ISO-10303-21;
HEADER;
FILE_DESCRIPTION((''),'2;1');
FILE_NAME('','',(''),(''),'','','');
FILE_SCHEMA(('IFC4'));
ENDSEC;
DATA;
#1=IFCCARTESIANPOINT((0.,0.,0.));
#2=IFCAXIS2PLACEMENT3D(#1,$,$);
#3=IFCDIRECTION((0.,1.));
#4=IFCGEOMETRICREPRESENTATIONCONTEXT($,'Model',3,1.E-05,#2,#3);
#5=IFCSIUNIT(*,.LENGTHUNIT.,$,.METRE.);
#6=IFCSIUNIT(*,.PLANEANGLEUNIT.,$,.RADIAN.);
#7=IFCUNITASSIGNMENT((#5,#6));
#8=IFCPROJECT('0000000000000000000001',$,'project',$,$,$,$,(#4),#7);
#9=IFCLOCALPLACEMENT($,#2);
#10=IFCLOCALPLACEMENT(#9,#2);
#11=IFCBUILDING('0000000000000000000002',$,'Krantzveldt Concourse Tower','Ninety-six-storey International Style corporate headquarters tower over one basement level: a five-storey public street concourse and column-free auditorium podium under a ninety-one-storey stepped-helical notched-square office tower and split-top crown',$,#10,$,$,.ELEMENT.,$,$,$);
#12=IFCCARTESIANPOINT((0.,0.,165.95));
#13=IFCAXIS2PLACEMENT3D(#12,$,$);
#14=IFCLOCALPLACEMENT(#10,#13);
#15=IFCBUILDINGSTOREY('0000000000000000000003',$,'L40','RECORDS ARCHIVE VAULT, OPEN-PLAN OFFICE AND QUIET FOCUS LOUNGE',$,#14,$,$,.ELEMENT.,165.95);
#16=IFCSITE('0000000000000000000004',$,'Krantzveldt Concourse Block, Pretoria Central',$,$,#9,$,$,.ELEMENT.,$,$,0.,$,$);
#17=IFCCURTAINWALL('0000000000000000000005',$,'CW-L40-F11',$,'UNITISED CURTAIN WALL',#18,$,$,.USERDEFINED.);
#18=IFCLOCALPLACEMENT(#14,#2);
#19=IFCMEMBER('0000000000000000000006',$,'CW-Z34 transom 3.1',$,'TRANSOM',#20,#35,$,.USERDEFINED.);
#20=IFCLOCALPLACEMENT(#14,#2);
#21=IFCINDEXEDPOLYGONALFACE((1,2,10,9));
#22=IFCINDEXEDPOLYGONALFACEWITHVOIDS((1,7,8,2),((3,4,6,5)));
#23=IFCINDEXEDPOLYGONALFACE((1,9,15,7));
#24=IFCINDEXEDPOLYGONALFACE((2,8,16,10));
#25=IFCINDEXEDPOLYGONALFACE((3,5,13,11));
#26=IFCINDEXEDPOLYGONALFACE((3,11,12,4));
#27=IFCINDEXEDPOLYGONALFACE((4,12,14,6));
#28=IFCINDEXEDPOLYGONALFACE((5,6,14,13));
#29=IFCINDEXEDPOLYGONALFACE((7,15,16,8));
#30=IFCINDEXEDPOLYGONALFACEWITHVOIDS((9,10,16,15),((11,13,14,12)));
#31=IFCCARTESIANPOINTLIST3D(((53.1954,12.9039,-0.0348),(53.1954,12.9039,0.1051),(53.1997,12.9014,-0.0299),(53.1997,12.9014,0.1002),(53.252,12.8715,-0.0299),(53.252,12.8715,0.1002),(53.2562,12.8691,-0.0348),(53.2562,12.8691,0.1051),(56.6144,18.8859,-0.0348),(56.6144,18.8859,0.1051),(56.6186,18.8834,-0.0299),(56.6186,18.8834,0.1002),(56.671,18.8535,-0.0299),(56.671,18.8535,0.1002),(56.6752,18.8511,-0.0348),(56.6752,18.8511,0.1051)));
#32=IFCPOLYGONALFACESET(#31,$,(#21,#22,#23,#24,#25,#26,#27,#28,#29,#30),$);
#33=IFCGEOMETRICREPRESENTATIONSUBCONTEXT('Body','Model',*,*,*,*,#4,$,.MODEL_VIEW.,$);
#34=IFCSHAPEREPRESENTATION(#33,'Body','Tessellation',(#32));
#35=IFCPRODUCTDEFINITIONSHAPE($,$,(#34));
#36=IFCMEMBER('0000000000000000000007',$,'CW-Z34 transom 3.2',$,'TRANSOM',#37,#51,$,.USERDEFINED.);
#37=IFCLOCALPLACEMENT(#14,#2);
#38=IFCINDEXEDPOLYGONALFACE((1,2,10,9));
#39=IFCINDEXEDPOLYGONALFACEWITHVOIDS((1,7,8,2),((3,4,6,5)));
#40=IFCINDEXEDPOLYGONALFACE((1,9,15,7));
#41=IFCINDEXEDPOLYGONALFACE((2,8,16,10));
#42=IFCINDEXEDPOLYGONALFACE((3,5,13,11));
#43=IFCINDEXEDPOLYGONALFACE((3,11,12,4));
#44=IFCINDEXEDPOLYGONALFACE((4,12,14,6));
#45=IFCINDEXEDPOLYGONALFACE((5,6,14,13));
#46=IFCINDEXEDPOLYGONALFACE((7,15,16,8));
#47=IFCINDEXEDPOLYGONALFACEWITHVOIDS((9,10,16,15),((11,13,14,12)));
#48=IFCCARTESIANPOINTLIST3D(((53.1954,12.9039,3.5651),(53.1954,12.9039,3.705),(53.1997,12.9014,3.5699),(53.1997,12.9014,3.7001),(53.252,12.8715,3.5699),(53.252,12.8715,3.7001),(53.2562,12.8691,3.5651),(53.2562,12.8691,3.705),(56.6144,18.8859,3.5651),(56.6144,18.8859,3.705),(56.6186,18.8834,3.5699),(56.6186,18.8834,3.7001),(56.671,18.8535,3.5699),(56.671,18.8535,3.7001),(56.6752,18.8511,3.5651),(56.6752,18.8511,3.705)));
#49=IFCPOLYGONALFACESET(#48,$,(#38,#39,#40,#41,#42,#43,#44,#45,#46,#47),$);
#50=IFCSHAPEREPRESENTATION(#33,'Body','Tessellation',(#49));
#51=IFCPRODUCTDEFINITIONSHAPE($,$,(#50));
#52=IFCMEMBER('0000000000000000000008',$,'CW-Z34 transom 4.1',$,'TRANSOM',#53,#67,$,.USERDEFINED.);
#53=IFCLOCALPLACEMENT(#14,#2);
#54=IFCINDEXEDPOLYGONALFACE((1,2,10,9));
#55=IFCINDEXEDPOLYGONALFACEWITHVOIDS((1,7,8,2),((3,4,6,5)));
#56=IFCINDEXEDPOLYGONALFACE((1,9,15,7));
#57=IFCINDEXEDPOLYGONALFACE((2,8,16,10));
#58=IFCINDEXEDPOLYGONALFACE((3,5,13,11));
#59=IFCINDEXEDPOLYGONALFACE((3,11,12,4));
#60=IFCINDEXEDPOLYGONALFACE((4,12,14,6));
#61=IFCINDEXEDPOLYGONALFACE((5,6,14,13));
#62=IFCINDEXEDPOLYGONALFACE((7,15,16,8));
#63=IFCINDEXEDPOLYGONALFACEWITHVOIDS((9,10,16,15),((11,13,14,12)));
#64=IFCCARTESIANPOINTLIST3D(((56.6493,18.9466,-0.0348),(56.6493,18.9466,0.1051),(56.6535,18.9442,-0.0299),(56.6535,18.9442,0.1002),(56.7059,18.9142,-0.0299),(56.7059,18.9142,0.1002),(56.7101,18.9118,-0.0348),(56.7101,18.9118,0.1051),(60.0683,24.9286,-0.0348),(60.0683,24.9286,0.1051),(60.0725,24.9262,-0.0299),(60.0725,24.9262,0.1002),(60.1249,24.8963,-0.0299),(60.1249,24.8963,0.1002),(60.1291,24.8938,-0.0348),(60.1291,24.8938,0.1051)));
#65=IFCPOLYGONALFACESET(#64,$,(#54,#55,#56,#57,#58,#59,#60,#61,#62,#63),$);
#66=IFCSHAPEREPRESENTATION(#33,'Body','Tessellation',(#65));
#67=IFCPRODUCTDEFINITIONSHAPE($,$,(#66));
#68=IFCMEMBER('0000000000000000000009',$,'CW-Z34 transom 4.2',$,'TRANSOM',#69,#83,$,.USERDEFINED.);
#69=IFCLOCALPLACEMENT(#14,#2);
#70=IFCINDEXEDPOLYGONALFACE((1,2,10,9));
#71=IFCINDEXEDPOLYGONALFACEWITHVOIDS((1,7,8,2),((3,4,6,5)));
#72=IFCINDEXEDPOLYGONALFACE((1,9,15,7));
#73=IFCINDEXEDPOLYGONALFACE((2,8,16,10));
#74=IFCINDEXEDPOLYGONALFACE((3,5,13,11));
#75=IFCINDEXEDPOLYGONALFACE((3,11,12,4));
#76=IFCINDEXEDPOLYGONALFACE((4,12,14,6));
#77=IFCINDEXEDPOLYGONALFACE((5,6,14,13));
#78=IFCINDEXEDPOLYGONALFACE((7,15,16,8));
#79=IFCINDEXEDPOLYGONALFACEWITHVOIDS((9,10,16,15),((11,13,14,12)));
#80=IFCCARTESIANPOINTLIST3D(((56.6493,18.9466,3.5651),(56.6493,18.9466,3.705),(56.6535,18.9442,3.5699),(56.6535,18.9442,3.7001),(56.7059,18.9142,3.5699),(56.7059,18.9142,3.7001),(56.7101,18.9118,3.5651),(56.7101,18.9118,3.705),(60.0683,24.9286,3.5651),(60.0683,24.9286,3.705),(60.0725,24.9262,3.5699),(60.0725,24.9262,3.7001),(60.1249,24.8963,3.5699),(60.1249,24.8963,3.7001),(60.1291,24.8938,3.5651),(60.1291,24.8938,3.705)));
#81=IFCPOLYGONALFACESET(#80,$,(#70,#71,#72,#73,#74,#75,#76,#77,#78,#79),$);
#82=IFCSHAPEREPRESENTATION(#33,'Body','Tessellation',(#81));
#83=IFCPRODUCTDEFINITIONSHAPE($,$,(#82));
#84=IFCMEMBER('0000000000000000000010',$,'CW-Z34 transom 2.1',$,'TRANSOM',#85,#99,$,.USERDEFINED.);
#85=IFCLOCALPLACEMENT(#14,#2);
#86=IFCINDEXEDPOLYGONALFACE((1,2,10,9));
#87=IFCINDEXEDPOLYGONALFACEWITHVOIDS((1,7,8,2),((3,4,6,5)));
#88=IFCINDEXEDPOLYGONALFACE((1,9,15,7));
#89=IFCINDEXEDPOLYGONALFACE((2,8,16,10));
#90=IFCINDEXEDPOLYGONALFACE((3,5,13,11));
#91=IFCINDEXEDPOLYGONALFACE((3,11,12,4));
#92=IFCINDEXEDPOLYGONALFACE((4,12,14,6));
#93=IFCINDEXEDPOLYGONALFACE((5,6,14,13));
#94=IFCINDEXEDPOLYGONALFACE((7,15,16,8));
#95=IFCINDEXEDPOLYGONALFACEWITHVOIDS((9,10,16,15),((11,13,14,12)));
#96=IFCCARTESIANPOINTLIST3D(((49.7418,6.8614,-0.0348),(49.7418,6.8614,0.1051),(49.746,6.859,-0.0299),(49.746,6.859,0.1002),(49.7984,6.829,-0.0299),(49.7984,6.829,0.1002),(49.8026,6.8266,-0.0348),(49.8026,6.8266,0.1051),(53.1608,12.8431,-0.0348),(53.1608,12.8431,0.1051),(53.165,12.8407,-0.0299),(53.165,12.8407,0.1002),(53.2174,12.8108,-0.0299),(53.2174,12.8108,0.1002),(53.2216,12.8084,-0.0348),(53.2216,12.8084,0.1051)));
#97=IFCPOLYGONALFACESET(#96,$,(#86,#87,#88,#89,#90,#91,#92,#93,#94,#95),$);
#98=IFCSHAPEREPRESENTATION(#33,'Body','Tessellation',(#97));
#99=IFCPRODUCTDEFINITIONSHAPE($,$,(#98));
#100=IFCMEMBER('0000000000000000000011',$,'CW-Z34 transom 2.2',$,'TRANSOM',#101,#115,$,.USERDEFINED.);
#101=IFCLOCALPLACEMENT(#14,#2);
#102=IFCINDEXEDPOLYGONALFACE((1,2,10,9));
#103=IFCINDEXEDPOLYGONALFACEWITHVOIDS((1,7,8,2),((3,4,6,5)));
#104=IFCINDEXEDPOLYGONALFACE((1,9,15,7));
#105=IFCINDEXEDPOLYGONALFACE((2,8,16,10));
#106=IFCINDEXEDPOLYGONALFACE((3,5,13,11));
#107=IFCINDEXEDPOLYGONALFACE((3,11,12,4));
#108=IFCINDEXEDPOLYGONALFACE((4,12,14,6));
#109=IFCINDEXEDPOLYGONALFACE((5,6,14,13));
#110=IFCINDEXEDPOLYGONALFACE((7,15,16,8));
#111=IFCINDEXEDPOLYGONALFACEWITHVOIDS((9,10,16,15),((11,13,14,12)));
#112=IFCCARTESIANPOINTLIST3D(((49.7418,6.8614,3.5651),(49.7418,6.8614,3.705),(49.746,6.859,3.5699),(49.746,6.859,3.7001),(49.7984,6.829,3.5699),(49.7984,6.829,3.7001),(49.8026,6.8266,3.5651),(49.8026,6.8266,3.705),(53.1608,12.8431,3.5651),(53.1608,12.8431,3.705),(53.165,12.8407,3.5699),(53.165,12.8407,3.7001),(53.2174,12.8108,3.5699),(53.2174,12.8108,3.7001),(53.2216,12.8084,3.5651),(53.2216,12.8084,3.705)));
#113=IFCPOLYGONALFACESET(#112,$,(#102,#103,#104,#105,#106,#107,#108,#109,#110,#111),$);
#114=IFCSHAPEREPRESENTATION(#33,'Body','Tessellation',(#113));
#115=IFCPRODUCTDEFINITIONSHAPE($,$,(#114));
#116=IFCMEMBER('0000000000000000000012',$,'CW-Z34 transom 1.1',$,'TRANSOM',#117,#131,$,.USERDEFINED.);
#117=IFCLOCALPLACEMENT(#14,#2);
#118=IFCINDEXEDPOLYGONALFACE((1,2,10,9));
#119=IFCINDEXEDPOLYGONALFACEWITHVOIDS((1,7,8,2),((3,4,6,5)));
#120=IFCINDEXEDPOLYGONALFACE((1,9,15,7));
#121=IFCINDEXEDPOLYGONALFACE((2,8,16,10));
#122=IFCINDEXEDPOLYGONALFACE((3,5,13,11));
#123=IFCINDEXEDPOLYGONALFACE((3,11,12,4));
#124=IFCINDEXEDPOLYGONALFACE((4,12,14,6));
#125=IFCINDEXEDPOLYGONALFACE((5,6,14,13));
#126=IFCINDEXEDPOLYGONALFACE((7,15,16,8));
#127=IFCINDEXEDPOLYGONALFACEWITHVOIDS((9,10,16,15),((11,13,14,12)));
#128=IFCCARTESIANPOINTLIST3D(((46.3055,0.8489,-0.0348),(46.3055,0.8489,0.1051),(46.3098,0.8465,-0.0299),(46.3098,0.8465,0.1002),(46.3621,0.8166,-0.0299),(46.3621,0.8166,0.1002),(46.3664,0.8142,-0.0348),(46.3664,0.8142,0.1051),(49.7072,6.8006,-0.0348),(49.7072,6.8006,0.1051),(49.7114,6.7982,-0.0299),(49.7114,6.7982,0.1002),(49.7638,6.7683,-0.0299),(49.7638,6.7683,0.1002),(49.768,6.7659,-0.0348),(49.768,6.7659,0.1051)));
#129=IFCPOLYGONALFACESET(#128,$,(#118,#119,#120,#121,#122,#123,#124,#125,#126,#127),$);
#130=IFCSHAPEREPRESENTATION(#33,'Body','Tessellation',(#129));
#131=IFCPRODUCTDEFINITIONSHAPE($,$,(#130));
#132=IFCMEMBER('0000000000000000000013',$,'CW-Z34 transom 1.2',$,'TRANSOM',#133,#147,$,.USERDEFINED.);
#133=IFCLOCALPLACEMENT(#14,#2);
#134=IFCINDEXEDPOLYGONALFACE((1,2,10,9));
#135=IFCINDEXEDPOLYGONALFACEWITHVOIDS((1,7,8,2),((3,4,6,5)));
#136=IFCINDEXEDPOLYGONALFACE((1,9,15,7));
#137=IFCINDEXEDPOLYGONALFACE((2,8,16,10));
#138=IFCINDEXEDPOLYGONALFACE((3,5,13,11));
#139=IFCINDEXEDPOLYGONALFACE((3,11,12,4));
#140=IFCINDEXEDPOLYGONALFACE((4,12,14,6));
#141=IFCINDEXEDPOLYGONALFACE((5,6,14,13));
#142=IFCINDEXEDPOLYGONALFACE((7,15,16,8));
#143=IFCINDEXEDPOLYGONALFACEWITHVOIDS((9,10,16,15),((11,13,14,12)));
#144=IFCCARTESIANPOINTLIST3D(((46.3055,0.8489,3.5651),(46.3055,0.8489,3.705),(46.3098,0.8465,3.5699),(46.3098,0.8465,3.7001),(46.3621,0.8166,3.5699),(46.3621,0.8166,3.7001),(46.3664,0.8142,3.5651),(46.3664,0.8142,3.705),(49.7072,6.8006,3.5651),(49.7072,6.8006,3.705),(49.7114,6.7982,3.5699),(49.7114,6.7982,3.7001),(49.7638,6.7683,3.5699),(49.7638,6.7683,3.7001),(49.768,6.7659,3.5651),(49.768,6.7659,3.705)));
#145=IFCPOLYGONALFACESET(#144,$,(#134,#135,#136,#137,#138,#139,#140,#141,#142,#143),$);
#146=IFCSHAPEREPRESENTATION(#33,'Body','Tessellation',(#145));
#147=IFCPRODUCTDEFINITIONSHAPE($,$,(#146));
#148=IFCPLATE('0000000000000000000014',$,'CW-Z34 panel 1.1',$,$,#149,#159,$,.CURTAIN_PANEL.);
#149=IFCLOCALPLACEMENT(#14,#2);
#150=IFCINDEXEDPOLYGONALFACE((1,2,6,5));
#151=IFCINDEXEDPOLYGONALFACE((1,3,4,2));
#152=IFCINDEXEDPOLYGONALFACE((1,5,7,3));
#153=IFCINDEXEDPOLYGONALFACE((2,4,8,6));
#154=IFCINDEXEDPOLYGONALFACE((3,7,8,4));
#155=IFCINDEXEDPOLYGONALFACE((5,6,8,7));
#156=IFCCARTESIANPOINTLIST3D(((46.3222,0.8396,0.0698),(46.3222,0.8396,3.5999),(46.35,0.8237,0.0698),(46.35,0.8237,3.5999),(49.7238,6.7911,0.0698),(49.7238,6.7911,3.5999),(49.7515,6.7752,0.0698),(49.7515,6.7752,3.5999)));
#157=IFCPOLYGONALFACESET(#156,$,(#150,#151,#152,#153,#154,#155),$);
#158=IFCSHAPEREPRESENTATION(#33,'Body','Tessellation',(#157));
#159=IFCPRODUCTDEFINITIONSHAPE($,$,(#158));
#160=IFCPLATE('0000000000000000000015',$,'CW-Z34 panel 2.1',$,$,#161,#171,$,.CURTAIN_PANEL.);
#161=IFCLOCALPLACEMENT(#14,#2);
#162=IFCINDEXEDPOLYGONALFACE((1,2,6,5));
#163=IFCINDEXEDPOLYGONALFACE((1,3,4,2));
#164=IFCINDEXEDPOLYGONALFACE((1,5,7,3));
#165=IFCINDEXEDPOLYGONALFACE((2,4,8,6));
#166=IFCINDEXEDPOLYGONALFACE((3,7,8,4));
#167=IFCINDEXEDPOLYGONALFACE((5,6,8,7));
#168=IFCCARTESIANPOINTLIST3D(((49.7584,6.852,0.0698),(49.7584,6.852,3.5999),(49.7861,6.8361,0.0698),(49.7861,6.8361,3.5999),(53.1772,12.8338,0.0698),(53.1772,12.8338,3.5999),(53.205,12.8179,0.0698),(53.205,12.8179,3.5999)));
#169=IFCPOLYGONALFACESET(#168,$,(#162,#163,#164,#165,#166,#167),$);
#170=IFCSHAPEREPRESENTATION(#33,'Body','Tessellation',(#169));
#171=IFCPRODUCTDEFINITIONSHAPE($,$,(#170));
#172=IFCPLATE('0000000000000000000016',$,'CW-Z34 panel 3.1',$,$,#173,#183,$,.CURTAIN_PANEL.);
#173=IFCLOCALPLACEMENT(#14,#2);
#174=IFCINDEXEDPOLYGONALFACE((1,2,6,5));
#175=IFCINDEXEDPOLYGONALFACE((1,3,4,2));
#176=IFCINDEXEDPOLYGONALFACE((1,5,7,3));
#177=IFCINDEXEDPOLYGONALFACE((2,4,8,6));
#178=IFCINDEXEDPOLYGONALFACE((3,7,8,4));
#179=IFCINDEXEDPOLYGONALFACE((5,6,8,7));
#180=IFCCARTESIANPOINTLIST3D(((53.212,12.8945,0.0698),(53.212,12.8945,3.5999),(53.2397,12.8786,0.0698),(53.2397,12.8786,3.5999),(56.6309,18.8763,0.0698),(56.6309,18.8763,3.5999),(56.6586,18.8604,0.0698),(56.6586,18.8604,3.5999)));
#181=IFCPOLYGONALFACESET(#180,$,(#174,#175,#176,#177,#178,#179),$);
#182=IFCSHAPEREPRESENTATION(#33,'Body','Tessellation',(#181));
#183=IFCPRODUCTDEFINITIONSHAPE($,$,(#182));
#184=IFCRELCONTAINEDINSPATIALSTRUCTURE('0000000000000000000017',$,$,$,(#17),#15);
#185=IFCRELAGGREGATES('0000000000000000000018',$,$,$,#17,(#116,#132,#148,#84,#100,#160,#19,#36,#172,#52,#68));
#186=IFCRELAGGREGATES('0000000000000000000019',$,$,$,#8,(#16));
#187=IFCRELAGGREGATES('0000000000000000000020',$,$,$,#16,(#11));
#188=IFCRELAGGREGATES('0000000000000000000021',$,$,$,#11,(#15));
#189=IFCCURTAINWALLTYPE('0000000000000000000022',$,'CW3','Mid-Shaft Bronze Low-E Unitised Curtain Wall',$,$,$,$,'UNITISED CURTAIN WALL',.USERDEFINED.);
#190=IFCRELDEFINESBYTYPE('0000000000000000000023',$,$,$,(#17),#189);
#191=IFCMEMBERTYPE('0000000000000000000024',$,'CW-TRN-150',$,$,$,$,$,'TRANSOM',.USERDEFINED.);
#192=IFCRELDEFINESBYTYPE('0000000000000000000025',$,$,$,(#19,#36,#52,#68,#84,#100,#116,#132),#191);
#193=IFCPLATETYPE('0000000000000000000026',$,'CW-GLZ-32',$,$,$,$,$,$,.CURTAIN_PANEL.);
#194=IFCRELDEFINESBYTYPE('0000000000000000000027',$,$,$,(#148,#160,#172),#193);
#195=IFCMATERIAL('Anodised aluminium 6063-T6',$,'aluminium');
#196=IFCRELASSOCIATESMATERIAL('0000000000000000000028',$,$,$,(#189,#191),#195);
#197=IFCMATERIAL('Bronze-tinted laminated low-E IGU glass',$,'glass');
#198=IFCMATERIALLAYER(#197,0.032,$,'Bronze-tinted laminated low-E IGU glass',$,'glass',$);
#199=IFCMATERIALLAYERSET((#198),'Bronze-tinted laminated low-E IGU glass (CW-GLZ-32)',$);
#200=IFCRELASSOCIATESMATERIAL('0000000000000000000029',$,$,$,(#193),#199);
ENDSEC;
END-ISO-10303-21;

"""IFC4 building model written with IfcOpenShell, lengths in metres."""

from ifc_helpers import new_model, si_unit, direction, frame, origin, origin_2d, place, context, subcontext, project, spatial, rectangle, hollow_rectangle, extrude, source, transform, mapped, material, layer, layer_set, material_profile, profile_set, type_object, type_shapes, element, aggregate, save


model = new_model("IFC4")

# Units and contexts
model_context = context("Model", 3, precision=1e-05, world=origin(), true_north=direction((0.0, 1.0)))
body_context = subcontext(model_context, "Body", "Model", "MODEL_VIEW")
ifc_project = project(units=[si_unit("LENGTHUNIT", "METRE"), si_unit("PLANEANGLEUNIT", "RADIAN")], contexts=[model_context])

# Site, building, storey
site_placement = place(None, origin())
site = spatial("IfcSite", under=ifc_project, at=site_placement, Name="Krantzveldt Concourse Block, Pretoria Central", CompositionType="ELEMENT", RefElevation=0.0)
building_placement = place(site_placement, origin())
building = spatial("IfcBuilding", under=site, at=building_placement, Name="Krantzveldt Concourse Tower", Description="Ninety-six-storey International Style corporate headquarters tower over one basement level: a five-storey public street concourse and column-free auditorium podium under a ninety-one-storey stepped-helical notched-square office tower and split-top crown", CompositionType="ELEMENT")
storey_placement = place(building_placement, frame((0.0, 0.0, 165.95)))
storey = spatial("IfcBuildingStorey", under=building, at=storey_placement, Name="L40", Description="RECORDS ARCHIVE VAULT, OPEN-PLAN OFFICE AND QUIET FOCUS LOUNGE", CompositionType="ELEMENT", Elevation=165.95)

# Curtain wall, members, plates
ifc_material_1 = material(Name="Anodised aluminium 6063-T6", Category="aluminium")
curtain_wall_type = type_object("IfcCurtainWallType", Name="CW3", Description="Mid-Shaft Bronze Low-E Unitised Curtain Wall", ElementType="UNITISED CURTAIN WALL", PredefinedType="USERDEFINED", material=ifc_material_1)
curtain_wall_placement = place(storey_placement, origin())
curtain_wall = element("IfcCurtainWall", 1, at=curtain_wall_placement, inside=storey, type_object=curtain_wall_type, Name="CW-L40-F11", ObjectType="UNITISED CURTAIN WALL", PredefinedType="USERDEFINED")
ifc_material_profile_1 = material_profile(ifc_material_1, hollow_rectangle(XDim=0.0701, YDim=0.1399, WallThickness=0.0049, at=origin_2d()), Name="Anodised aluminium 6063-T6", Category="aluminium")
ifc_profile_set_1 = profile_set([ifc_material_profile_1], Name="Anodised aluminium 6063-T6 - ALU-TRAN 140x70x5")
member_type_1 = type_object("IfcMemberType", Name="CW-TRN-150", ElementType="TRANSOM", PredefinedType="USERDEFINED", material=ifc_profile_set_1)
shared_shape_1 = source(origin(), body_context, "Body", "SweptSolid", [
    extrude(hollow_rectangle(XDim=0.0701, YDim=0.1399, WallThickness=0.0049, at=origin_2d()), origin(), (0.0, 0.0, 1.0), 6.8901),
])
member_1_placement = place(storey_placement, frame((53.2258, 12.8865, 0.0352), z_axis=(0.496215, 0.8682, 0.0), x_axis=(-0.8682, 0.496215, 0.0)))
member_1 = element("IfcMember", 2, at=member_1_placement, type_object=member_type_1, Name="CW-Z34 transom 3.1", ObjectType="TRANSOM", PredefinedType="USERDEFINED", context=body_context, shape_type="MappedRepresentation", body=[
    mapped(shared_shape_1, transform((0.0, 0.0, 0.0), x_axis=(1.0, 0.0, 0.0), y_axis=(0.0, 1.0, 0.0), z_axis=(0.0, 0.0, 1.0), scale=1.0)),
])
member_2_placement = place(storey_placement, frame((53.2258, 12.8865, 3.635), z_axis=(0.496215, 0.8682, 0.0), x_axis=(-0.8682, 0.496215, 0.0)))
member_2 = element("IfcMember", 3, at=member_2_placement, type_object=member_type_1, Name="CW-Z34 transom 3.2", ObjectType="TRANSOM", PredefinedType="USERDEFINED", context=body_context, shape_type="MappedRepresentation", body=[
    mapped(shared_shape_1, transform((0.0, 0.0, 0.0), x_axis=(1.0, 0.0, 0.0), y_axis=(0.0, 1.0, 0.0), z_axis=(0.0, 0.0, 1.0), scale=1.0)),
])
member_3_placement = place(storey_placement, frame((56.6797, 18.9292, 0.0352), z_axis=(0.496215, 0.8682, 0.0), x_axis=(-0.8682, 0.496215, 0.0)))
member_3 = element("IfcMember", 4, at=member_3_placement, type_object=member_type_1, Name="CW-Z34 transom 4.1", ObjectType="TRANSOM", PredefinedType="USERDEFINED", context=body_context, shape_type="MappedRepresentation", body=[
    mapped(shared_shape_1, transform((0.0, 0.0, 0.0), x_axis=(1.0, 0.0, 0.0), y_axis=(0.0, 1.0, 0.0), z_axis=(0.0, 0.0, 1.0), scale=1.0)),
])
member_4_placement = place(storey_placement, frame((56.6797, 18.9292, 3.635), z_axis=(0.496215, 0.8682, 0.0), x_axis=(-0.8682, 0.496215, 0.0)))
member_4 = element("IfcMember", 5, at=member_4_placement, type_object=member_type_1, Name="CW-Z34 transom 4.2", ObjectType="TRANSOM", PredefinedType="USERDEFINED", context=body_context, shape_type="MappedRepresentation", body=[
    mapped(shared_shape_1, transform((0.0, 0.0, 0.0), x_axis=(1.0, 0.0, 0.0), y_axis=(0.0, 1.0, 0.0), z_axis=(0.0, 0.0, 1.0), scale=1.0)),
])
shared_shape_2 = source(origin(), body_context, "Body", "SweptSolid", [
    extrude(hollow_rectangle(XDim=0.0701, YDim=0.1399, WallThickness=0.0049, at=origin_2d()), origin(), (0.0, 0.0, 1.0), 6.8899),
])
member_5_placement = place(storey_placement, frame((49.7722, 6.844, 0.0352), z_axis=(0.496231, 0.868191, 0.0), x_axis=(-0.868191, 0.496231, 0.0)))
member_5 = element("IfcMember", 6, at=member_5_placement, type_object=member_type_1, Name="CW-Z34 transom 2.1", ObjectType="TRANSOM", PredefinedType="USERDEFINED", context=body_context, shape_type="MappedRepresentation", body=[
    mapped(shared_shape_2, transform((0.0, 0.0, 0.0), x_axis=(1.0, 0.0, 0.0), y_axis=(0.0, 1.0, 0.0), z_axis=(0.0, 0.0, 1.0), scale=1.0)),
])
member_6_placement = place(storey_placement, frame((49.7722, 6.844, 3.635), z_axis=(0.496231, 0.868191, 0.0), x_axis=(-0.868191, 0.496231, 0.0)))
member_6 = element("IfcMember", 7, at=member_6_placement, type_object=member_type_1, Name="CW-Z34 transom 2.2", ObjectType="TRANSOM", PredefinedType="USERDEFINED", context=body_context, shape_type="MappedRepresentation", body=[
    mapped(shared_shape_2, transform((0.0, 0.0, 0.0), x_axis=(1.0, 0.0, 0.0), y_axis=(0.0, 1.0, 0.0), z_axis=(0.0, 0.0, 1.0), scale=1.0)),
])
shared_shape_3 = source(origin(), body_context, "Body", "SweptSolid", [
    extrude(hollow_rectangle(XDim=0.0701, YDim=0.1399, WallThickness=0.0049, at=origin_2d()), origin(), (0.0, 0.0, 1.0), 6.8552),
])
type_shapes(member_type_1, [shared_shape_1, shared_shape_2, shared_shape_3])
member_7_placement = place(storey_placement, frame((46.3359, 0.8315, 0.0352), z_axis=(0.496212, 0.868201, 0.0), x_axis=(-0.868201, 0.496212, 0.0)))
member_7 = element("IfcMember", 8, at=member_7_placement, type_object=member_type_1, Name="CW-Z34 transom 1.1", ObjectType="TRANSOM", PredefinedType="USERDEFINED", context=body_context, shape_type="MappedRepresentation", body=[
    mapped(shared_shape_3, transform((0.0, 0.0, 0.0), x_axis=(1.0, 0.0, 0.0), y_axis=(0.0, 1.0, 0.0), z_axis=(0.0, 0.0, 1.0), scale=1.0)),
])
member_8_placement = place(storey_placement, frame((46.3359, 0.8315, 3.635), z_axis=(0.496212, 0.868201, 0.0), x_axis=(-0.868201, 0.496212, 0.0)))
member_8 = element("IfcMember", 9, at=member_8_placement, type_object=member_type_1, Name="CW-Z34 transom 1.2", ObjectType="TRANSOM", PredefinedType="USERDEFINED", context=body_context, shape_type="MappedRepresentation", body=[
    mapped(shared_shape_3, transform((0.0, 0.0, 0.0), x_axis=(1.0, 0.0, 0.0), y_axis=(0.0, 1.0, 0.0), z_axis=(0.0, 0.0, 1.0), scale=1.0)),
])
ifc_material_2 = material(Name="Bronze-tinted laminated low-E IGU glass", Category="glass")
ifc_layer_1 = layer(ifc_material_2, 0.032, Name="Bronze-tinted laminated low-E IGU glass", Category="glass")
ifc_layer_set_1 = layer_set([ifc_layer_1], Name="Bronze-tinted laminated low-E IGU glass (CW-GLZ-32)")
plate_type = type_object("IfcPlateType", Name="CW-GLZ-32", PredefinedType="CURTAIN_PANEL", material=ifc_layer_set_1)
shared_shape_4 = source(origin(), body_context, "Body", "SweptSolid", [
    extrude(rectangle(XDim=6.855, YDim=0.032, at=origin_2d()), origin(), (0.0, 0.0, 1.0), 3.53),
])
plate_1_placement = place(storey_placement, frame((48.0369, 3.8074, 0.0698), z_axis=(0.0, 0.0, 1.0), x_axis=(0.496216, 0.868199, 0.0)))
plate_1 = element("IfcPlate", 10, at=plate_1_placement, type_object=plate_type, Name="CW-Z34 panel 1.1", PredefinedType="CURTAIN_PANEL", context=body_context, shape_type="MappedRepresentation", body=[
    mapped(shared_shape_4, transform((0.0, 0.0, 0.0), x_axis=(1.0, 0.0, 0.0), y_axis=(0.0, 1.0, 0.0), z_axis=(0.0, 0.0, 1.0), scale=1.0)),
])
shared_shape_5 = source(origin(), body_context, "Body", "SweptSolid", [
    extrude(rectangle(XDim=6.8899, YDim=0.032, at=origin_2d()), origin(), (0.0, 0.0, 1.0), 3.53),
])
type_shapes(plate_type, [shared_shape_4, shared_shape_5])
plate_2_placement = place(storey_placement, frame((51.4817, 9.835, 0.0698), z_axis=(0.0, 0.0, 1.0), x_axis=(0.496216, 0.868199, 0.0)))
plate_2 = element("IfcPlate", 11, at=plate_2_placement, type_object=plate_type, Name="CW-Z34 panel 2.1", PredefinedType="CURTAIN_PANEL", context=body_context, shape_type="MappedRepresentation", body=[
    mapped(shared_shape_5, transform((0.0, 0.0, 0.0), x_axis=(1.0, 0.0, 0.0), y_axis=(0.0, 1.0, 0.0), z_axis=(0.0, 0.0, 1.0), scale=1.0)),
])
plate_3_placement = place(storey_placement, frame((54.9353, 15.8774, 0.0698), z_axis=(0.0, 0.0, 1.0), x_axis=(0.496216, 0.868199, 0.0)))
plate_3 = element("IfcPlate", 12, at=plate_3_placement, type_object=plate_type, Name="CW-Z34 panel 3.1", PredefinedType="CURTAIN_PANEL", context=body_context, shape_type="MappedRepresentation", body=[
    mapped(shared_shape_5, transform((0.0, 0.0, 0.0), x_axis=(1.0, 0.0, 0.0), y_axis=(0.0, 1.0, 0.0), z_axis=(0.0, 0.0, 1.0), scale=1.0)),
])
aggregate(curtain_wall, [member_7, member_8, plate_1, member_5, member_6, plate_2, member_1, member_2, plate_3, member_3, member_4])

save(model, "model.ifc")
